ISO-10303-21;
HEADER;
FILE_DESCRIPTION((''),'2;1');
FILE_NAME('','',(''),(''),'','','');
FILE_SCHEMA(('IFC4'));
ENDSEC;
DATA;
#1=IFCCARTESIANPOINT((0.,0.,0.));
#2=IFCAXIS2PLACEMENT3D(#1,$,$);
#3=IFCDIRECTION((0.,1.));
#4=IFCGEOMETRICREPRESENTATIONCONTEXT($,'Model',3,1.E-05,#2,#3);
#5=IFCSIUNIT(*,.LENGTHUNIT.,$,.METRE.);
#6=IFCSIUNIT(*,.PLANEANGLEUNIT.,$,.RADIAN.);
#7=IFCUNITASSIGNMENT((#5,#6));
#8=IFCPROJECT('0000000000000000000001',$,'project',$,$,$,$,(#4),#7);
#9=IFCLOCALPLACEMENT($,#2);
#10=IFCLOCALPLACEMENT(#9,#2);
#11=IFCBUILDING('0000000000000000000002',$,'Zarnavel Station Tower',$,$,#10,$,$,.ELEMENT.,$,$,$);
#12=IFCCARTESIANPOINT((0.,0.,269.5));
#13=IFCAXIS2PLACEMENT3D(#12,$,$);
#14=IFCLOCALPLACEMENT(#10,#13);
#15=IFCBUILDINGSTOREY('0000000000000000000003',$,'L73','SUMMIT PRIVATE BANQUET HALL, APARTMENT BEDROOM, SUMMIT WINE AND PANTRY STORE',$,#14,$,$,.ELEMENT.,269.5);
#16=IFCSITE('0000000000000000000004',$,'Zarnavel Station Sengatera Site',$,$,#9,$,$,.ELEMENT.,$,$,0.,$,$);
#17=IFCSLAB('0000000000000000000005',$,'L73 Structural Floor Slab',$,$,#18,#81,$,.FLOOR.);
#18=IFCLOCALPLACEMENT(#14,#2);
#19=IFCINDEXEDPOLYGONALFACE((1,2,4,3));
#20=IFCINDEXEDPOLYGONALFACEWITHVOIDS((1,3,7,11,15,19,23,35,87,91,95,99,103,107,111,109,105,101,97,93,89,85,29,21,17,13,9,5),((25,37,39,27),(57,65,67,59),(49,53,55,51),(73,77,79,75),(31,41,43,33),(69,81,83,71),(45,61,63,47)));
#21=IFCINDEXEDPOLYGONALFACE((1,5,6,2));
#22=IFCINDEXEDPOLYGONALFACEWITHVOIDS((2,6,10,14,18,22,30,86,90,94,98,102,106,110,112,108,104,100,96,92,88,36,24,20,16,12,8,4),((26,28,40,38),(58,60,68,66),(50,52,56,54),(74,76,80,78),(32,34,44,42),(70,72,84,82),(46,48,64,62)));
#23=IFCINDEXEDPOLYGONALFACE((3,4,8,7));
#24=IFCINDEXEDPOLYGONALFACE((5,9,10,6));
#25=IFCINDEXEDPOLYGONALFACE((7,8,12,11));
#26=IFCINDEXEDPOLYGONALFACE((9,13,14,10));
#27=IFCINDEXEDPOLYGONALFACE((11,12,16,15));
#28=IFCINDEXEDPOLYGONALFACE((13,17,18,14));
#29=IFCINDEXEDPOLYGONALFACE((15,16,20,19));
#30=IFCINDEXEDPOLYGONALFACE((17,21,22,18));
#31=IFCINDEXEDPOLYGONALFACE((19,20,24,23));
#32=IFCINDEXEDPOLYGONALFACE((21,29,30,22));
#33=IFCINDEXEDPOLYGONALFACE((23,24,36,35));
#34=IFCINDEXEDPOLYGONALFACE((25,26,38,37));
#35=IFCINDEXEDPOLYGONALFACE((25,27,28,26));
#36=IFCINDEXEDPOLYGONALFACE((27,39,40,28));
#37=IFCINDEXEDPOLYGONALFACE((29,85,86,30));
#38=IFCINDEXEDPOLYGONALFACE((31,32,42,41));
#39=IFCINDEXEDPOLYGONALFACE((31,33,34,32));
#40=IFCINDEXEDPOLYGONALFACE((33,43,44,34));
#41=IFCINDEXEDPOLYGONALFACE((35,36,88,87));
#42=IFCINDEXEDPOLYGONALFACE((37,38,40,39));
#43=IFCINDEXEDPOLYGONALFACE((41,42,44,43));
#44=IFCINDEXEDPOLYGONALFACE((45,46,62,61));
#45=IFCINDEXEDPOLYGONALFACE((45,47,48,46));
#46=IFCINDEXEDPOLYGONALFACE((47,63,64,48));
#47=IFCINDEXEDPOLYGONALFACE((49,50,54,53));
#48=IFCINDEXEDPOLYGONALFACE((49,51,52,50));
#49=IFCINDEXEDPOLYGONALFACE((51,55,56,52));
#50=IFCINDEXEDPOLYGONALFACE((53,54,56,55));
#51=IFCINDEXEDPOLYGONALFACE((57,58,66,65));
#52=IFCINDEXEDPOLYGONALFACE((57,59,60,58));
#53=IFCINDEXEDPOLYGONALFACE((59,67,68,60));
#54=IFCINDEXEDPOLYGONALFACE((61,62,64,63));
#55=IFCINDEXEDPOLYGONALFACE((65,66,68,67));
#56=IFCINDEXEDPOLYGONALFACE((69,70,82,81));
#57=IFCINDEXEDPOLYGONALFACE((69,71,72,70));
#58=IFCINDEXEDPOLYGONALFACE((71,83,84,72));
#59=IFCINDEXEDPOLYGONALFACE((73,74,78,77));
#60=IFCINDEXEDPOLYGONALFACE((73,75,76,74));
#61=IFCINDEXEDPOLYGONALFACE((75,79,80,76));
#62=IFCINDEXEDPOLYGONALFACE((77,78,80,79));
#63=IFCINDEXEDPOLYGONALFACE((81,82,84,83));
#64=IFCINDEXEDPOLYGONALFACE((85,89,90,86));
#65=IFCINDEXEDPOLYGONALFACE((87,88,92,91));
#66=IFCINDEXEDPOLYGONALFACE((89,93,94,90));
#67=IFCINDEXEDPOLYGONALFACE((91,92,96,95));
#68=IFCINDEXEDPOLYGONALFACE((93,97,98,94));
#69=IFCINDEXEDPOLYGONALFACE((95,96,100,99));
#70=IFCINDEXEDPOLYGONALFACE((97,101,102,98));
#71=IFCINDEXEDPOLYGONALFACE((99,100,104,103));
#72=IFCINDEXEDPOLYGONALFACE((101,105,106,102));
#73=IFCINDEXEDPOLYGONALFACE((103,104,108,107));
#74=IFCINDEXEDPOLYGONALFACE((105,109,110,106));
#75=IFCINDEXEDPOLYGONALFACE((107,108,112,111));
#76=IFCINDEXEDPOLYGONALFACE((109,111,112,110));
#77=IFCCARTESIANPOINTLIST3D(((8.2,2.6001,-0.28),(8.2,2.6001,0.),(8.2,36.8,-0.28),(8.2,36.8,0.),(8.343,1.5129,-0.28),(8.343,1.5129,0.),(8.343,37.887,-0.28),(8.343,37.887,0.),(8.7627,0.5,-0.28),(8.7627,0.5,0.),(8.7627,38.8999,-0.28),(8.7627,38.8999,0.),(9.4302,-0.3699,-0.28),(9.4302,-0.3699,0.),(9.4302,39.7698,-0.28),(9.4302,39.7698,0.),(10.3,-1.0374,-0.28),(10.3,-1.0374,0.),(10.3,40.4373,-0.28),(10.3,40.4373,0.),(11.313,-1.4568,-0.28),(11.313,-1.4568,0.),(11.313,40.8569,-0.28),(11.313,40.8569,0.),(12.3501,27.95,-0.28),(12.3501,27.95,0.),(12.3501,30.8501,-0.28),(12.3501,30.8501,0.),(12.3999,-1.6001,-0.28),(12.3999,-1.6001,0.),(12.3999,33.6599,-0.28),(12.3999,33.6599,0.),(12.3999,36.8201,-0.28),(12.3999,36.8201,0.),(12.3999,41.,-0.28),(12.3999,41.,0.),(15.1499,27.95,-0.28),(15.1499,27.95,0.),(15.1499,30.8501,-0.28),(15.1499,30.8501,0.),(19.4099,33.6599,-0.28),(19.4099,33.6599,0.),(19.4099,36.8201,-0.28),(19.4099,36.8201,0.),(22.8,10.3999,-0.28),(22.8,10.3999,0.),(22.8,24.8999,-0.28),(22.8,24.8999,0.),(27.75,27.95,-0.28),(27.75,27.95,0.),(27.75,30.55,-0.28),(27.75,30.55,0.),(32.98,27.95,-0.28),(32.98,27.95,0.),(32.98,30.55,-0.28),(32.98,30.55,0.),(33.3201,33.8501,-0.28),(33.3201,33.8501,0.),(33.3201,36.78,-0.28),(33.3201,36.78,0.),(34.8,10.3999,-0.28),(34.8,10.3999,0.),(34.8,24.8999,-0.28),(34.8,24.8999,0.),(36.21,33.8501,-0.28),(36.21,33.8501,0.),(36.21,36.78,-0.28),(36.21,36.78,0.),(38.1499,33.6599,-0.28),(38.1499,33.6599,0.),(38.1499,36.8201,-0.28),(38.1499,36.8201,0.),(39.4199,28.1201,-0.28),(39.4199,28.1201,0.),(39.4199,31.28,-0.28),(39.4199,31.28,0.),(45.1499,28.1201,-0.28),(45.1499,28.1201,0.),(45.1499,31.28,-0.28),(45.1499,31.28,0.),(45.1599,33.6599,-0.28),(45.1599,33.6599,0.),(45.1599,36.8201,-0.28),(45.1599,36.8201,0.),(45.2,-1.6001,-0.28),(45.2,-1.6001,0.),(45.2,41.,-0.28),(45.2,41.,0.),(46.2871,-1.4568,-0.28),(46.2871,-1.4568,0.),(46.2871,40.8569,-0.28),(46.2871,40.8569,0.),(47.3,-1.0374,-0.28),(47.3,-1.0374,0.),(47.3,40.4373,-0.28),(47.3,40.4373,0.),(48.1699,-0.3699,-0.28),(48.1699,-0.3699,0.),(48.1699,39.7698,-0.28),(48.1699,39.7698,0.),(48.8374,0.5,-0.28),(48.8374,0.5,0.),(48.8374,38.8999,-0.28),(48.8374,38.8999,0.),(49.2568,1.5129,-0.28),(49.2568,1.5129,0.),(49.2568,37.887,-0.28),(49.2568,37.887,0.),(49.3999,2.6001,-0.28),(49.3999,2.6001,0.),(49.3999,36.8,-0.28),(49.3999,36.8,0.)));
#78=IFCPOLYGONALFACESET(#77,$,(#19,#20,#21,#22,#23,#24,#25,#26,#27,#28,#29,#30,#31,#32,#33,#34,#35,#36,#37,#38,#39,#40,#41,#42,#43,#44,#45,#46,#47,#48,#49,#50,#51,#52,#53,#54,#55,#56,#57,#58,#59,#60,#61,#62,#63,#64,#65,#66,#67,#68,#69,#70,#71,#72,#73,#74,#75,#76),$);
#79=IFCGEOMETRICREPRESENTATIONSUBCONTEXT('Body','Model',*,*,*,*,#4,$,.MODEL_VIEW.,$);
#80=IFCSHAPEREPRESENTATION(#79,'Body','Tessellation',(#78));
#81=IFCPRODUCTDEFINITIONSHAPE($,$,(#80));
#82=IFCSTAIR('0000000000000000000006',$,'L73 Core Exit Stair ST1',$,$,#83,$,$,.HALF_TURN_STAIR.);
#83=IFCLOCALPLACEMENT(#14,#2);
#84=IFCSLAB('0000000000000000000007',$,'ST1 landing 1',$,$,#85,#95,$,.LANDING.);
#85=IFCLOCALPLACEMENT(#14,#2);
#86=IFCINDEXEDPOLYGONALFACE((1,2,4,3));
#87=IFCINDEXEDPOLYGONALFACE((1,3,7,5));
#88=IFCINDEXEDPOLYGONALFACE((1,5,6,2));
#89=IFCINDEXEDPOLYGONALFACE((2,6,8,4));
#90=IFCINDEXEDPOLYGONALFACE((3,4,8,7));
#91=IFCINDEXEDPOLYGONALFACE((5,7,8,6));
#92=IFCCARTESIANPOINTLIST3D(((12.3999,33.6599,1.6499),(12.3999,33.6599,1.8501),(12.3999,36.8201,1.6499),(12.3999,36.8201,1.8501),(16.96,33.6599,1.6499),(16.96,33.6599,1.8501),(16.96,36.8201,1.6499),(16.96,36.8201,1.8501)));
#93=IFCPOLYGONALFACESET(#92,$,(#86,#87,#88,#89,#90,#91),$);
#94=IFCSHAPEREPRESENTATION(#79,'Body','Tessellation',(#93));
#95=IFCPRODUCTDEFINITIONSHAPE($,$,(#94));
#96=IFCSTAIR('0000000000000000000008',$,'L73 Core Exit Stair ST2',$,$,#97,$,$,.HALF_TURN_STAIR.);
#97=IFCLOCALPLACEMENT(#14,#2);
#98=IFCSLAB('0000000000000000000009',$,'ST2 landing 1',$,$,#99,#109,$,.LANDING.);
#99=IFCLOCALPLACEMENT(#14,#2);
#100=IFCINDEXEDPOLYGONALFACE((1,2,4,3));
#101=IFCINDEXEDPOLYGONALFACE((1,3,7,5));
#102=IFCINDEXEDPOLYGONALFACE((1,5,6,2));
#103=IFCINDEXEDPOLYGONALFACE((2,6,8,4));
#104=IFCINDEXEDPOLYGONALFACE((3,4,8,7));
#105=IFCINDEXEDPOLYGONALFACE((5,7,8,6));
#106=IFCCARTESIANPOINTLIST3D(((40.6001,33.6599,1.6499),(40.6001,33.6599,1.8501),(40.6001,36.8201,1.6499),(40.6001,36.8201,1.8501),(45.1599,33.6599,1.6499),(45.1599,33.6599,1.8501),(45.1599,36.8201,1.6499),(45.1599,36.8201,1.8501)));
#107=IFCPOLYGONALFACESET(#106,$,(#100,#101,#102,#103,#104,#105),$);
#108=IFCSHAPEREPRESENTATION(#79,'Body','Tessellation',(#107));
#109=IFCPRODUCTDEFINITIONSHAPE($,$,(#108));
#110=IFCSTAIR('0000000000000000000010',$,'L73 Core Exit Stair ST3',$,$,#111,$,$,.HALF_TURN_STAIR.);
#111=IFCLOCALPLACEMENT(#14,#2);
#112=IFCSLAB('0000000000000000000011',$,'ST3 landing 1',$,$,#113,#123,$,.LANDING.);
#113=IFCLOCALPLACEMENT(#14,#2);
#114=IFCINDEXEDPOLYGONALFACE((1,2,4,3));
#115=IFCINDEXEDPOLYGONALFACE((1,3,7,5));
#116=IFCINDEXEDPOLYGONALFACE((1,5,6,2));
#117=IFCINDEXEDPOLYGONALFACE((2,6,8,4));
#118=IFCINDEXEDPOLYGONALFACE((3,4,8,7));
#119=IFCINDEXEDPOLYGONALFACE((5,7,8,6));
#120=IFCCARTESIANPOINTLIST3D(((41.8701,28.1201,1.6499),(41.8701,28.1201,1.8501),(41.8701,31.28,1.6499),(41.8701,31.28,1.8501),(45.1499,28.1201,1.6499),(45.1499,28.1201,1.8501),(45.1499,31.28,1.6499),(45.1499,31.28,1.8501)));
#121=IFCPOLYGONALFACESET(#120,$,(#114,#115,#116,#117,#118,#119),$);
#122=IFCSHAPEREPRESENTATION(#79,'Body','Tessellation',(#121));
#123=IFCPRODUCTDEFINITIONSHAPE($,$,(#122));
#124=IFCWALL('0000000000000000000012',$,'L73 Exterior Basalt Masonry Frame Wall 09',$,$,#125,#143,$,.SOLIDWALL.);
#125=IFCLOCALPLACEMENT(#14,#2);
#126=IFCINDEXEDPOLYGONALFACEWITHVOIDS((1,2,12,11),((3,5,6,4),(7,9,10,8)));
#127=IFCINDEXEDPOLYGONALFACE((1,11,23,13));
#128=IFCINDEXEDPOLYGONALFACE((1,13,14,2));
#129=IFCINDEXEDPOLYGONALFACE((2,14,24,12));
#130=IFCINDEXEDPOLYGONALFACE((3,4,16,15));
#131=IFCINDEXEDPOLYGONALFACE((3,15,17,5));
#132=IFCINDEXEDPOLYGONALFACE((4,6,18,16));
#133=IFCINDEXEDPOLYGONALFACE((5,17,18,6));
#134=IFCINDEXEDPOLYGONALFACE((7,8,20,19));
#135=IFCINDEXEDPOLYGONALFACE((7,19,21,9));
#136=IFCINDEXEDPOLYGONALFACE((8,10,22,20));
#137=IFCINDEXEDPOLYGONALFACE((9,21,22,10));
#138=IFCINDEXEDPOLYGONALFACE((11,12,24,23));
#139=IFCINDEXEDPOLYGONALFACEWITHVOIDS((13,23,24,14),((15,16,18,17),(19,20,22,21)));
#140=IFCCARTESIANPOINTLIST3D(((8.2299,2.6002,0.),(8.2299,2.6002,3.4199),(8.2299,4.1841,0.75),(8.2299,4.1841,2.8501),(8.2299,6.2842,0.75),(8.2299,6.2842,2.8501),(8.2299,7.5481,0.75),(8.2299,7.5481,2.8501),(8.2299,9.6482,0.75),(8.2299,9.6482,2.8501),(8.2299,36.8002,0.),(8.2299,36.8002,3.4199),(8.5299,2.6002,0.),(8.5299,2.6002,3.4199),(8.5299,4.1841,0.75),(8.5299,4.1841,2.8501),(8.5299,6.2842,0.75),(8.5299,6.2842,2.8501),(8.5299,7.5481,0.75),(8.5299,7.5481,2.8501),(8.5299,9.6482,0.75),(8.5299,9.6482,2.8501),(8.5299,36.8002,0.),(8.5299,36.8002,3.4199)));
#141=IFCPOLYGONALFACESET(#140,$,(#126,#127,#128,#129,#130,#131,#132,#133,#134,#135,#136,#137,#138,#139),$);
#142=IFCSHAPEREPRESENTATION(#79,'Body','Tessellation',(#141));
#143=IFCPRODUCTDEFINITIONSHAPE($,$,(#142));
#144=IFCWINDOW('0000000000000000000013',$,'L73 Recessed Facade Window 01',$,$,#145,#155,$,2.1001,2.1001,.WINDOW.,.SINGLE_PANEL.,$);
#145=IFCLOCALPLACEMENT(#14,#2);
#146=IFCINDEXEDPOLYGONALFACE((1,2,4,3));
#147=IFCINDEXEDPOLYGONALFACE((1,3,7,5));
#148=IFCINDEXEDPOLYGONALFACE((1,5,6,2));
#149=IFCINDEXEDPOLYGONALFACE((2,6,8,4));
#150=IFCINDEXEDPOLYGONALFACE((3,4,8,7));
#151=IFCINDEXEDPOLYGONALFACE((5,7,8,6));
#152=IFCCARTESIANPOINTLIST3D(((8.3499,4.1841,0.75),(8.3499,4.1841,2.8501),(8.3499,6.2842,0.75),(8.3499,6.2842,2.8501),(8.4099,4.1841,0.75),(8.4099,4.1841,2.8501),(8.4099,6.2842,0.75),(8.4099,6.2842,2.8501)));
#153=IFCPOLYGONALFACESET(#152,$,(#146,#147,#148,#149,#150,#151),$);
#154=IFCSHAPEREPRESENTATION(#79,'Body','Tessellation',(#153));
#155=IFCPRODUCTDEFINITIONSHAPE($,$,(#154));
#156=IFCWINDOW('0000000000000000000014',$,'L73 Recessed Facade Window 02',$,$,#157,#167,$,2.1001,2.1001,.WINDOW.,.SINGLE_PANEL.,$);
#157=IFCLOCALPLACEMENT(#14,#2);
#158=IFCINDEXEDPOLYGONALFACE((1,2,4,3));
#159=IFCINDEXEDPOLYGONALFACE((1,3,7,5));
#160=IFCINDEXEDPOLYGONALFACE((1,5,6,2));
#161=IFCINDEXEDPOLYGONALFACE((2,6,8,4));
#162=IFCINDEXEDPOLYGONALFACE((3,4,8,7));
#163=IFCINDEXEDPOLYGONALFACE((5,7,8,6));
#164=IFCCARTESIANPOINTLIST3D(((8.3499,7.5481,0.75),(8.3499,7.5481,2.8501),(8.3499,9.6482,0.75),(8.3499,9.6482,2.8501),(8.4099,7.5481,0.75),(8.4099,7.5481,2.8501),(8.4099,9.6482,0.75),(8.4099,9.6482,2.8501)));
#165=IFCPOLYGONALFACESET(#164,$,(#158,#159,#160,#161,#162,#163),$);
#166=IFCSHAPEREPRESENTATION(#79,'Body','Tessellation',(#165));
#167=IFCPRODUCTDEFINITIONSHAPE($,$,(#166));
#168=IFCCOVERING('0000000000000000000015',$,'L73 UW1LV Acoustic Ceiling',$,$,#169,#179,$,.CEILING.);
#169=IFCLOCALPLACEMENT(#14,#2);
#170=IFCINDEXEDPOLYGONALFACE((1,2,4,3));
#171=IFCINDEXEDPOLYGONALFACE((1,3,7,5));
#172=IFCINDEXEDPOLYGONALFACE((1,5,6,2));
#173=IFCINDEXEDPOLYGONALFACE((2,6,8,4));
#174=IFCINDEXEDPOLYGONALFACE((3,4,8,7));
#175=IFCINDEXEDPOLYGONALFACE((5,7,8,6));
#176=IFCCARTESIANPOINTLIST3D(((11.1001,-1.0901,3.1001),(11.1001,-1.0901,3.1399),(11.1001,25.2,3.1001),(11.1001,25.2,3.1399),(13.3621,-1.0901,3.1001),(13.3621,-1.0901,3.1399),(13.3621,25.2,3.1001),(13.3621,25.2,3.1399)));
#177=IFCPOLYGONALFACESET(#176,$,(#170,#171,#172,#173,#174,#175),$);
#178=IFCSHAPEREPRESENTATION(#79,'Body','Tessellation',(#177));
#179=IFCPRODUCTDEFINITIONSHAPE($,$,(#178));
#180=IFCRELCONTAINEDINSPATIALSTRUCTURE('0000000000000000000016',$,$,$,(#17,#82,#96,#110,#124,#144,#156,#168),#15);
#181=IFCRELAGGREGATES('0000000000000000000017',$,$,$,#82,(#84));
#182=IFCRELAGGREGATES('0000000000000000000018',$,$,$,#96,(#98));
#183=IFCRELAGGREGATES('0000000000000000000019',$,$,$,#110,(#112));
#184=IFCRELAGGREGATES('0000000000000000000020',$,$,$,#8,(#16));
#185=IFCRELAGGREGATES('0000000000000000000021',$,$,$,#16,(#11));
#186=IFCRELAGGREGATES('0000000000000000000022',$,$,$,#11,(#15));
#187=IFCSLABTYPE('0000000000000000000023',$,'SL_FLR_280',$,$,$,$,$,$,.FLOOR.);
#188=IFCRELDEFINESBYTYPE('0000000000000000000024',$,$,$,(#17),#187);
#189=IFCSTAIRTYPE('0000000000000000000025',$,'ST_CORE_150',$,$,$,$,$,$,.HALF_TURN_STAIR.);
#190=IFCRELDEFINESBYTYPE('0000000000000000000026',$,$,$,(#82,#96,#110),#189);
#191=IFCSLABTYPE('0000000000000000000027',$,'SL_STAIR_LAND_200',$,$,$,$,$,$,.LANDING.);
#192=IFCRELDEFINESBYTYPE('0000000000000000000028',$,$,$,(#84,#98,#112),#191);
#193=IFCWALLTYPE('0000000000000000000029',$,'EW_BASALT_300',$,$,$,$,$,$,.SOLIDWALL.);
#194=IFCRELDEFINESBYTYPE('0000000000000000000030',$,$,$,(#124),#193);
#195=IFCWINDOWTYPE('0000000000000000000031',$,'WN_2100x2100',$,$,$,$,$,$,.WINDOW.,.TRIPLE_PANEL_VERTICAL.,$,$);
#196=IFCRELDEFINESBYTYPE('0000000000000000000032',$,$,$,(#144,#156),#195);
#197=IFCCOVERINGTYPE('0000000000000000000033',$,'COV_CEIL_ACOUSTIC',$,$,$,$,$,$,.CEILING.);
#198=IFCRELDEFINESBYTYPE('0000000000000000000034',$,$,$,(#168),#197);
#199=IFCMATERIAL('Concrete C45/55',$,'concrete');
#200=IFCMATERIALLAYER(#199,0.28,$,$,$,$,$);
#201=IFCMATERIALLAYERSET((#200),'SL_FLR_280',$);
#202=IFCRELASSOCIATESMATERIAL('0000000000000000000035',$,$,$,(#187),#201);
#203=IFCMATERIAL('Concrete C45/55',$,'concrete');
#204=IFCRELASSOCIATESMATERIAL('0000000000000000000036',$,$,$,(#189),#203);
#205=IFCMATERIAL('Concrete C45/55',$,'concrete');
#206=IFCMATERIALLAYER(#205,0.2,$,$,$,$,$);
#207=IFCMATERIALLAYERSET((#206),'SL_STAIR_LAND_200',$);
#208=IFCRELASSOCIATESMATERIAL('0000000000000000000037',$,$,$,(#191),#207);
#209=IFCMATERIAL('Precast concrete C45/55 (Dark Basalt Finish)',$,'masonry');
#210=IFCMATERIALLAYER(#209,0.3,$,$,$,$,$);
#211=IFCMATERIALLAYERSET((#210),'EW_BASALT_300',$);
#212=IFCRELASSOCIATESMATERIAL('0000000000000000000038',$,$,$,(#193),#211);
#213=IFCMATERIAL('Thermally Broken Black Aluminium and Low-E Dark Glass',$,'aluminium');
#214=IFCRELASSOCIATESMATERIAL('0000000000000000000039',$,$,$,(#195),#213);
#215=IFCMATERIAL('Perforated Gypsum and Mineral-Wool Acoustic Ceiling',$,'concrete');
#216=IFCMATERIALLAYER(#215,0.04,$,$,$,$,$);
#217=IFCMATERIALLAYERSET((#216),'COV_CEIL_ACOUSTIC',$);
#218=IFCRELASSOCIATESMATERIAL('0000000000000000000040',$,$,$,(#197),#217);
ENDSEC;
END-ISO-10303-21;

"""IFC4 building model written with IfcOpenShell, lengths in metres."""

from ifc_helpers import new_model, si_unit, direction, frame, frame_2d, origin, place, context, subcontext, project, spatial, polyline, rectangle, outline, extrude, material, layer, layer_set, type_object, element, fill, aggregate, save


model = new_model("IFC4")

# Units and contexts
model_context = context("Model", 3, precision=1e-05, world=origin(), true_north=direction((0.0, 1.0)))
body_context = subcontext(model_context, "Body", "Model", "MODEL_VIEW")
ifc_project = project(units=[si_unit("LENGTHUNIT", "METRE"), si_unit("PLANEANGLEUNIT", "RADIAN")], contexts=[model_context])

# Site, building, storey
site_placement = place(None, origin())
site = spatial("IfcSite", under=ifc_project, at=site_placement, Name="Zarnavel Station Sengatera Site", CompositionType="ELEMENT", RefElevation=0.0)
building_placement = place(site_placement, origin())
building = spatial("IfcBuilding", under=site, at=building_placement, Name="Zarnavel Station Tower", CompositionType="ELEMENT")
storey_placement = place(building_placement, frame((0.0, 0.0, 269.5)))
storey = spatial("IfcBuildingStorey", under=building, at=storey_placement, Name="L73", Description="SUMMIT PRIVATE BANQUET HALL, APARTMENT BEDROOM, SUMMIT WINE AND PANTRY STORE", CompositionType="ELEMENT", Elevation=269.5)

# Slab
ifc_material_1 = material(Name="Concrete C45/55", Category="concrete")
ifc_layer_1 = layer(ifc_material_1, 0.28)
ifc_layer_set_1 = layer_set([ifc_layer_1], Name="SL_FLR_280")
slab_type_1 = type_object("IfcSlabType", Name="SL_FLR_280", PredefinedType="FLOOR", material=ifc_layer_set_1)
slab_1_placement = place(storey_placement, frame((0.0, 0.0, -0.28)))
element("IfcSlab", 1, at=slab_1_placement, inside=storey, type_object=slab_type_1, Name="L73 Structural Floor Slab", PredefinedType="FLOOR", context=body_context, shape_type="SweptSolid", body=[
    extrude(outline(polyline([(45.2, -1.6001), (46.2871, -1.4568), (47.3, -1.0374), (48.1699, -0.3699), (48.8374, 0.5), (49.2568, 1.5129), (49.3999, 2.6001), (49.3999, 36.8), (49.2568, 37.887), (48.8374, 38.8999), (48.1699, 39.7698), (47.3, 40.4373), (46.2871, 40.8569), (45.2, 41.0), (12.3999, 41.0), (11.313, 40.8569), (10.3, 40.4373), (9.4302, 39.7698), (8.7627, 38.8999), (8.343, 37.887), (8.2, 36.8), (8.2, 2.6001), (8.343, 1.5129), (8.7627, 0.5), (9.4302, -0.3699), (10.3, -1.0374), (11.313, -1.4568), (12.3999, -1.6001), (45.2, -1.6001)]), holes=[polyline([(12.3999, 33.6599), (19.4099, 33.6599), (19.4099, 36.8201), (12.3999, 36.8201), (12.3999, 33.6599)]), polyline([(38.1499, 33.6599), (45.1599, 33.6599), (45.1599, 36.8201), (38.1499, 36.8201), (38.1499, 33.6599)]), polyline([(39.4199, 28.1201), (45.1499, 28.1201), (45.1499, 31.28), (39.4199, 31.28), (39.4199, 28.1201)]), polyline([(12.3501, 27.95), (15.1499, 27.95), (15.1499, 30.8501), (12.3501, 30.8501), (12.3501, 27.95)]), polyline([(33.3201, 33.8501), (36.21, 33.8501), (36.21, 36.78), (33.3201, 36.78), (33.3201, 33.8501)]), polyline([(27.75, 27.95), (32.98, 27.95), (32.98, 30.55), (27.75, 30.55), (27.75, 27.95)]), polyline([(22.8, 10.3999), (34.8, 10.3999), (34.8, 24.8999), (22.8, 24.8999), (22.8, 10.3999)])]), origin(), (0.0, 0.0, 1.0), 0.28),
])

# Stairs, slabs
ifc_material_2 = material(Name="Concrete C45/55", Category="concrete")
stair_type = type_object("IfcStairType", Name="ST_CORE_150", PredefinedType="HALF_TURN_STAIR", material=ifc_material_2)
stair_1_placement = place(storey_placement, origin())
stair_1 = element("IfcStair", 2, at=stair_1_placement, inside=storey, type_object=stair_type, Name="L73 Core Exit Stair ST1", PredefinedType="HALF_TURN_STAIR")
ifc_material_3 = material(Name="Concrete C45/55", Category="concrete")
ifc_layer_2 = layer(ifc_material_3, 0.2)
ifc_layer_set_2 = layer_set([ifc_layer_2], Name="SL_STAIR_LAND_200")
slab_type_2 = type_object("IfcSlabType", Name="SL_STAIR_LAND_200", PredefinedType="LANDING", material=ifc_layer_set_2)
slab_2_placement = place(storey_placement, frame((0.0, 0.0, 1.6499)))
slab_2 = element("IfcSlab", 3, at=slab_2_placement, type_object=slab_type_2, Name="ST1 landing 1", PredefinedType="LANDING", context=body_context, shape_type="SweptSolid", body=[
    extrude(outline(polyline([(16.96, 36.8201), (12.3999, 36.8201), (12.3999, 33.6599), (16.96, 33.6599), (16.96, 36.8201)])), origin(), (0.0, 0.0, 1.0), 0.2002),
])
aggregate(stair_1, [slab_2])
stair_2_placement = place(storey_placement, origin())
stair_2 = element("IfcStair", 4, at=stair_2_placement, inside=storey, type_object=stair_type, Name="L73 Core Exit Stair ST2", PredefinedType="HALF_TURN_STAIR")
slab_3_placement = place(storey_placement, frame((0.0, 0.0, 1.6499)))
slab_3 = element("IfcSlab", 5, at=slab_3_placement, type_object=slab_type_2, Name="ST2 landing 1", PredefinedType="LANDING", context=body_context, shape_type="SweptSolid", body=[
    extrude(outline(polyline([(40.6001, 33.6599), (45.1599, 33.6599), (45.1599, 36.8201), (40.6001, 36.8201), (40.6001, 33.6599)])), origin(), (0.0, 0.0, 1.0), 0.2002),
])
aggregate(stair_2, [slab_3])
stair_3_placement = place(storey_placement, origin())
stair_3 = element("IfcStair", 6, at=stair_3_placement, inside=storey, type_object=stair_type, Name="L73 Core Exit Stair ST3", PredefinedType="HALF_TURN_STAIR")
slab_4_placement = place(storey_placement, frame((0.0, 0.0, 1.6499)))
slab_4 = element("IfcSlab", 7, at=slab_4_placement, type_object=slab_type_2, Name="ST3 landing 1", PredefinedType="LANDING", context=body_context, shape_type="SweptSolid", body=[
    extrude(outline(polyline([(41.8701, 28.1201), (45.1499, 28.1201), (45.1499, 31.28), (41.8701, 31.28), (41.8701, 28.1201)])), origin(), (0.0, 0.0, 1.0), 0.2002),
])
aggregate(stair_3, [slab_4])

# Wall, openings, windows
ifc_material_4 = material(Name="Precast concrete C45/55 (Dark Basalt Finish)", Category="masonry")
ifc_layer_3 = layer(ifc_material_4, 0.3)
ifc_layer_set_3 = layer_set([ifc_layer_3], Name="EW_BASALT_300")
wall_type = type_object("IfcWallType", Name="EW_BASALT_300", PredefinedType="SOLIDWALL", material=ifc_layer_set_3)
wall_placement = place(storey_placement, frame((8.3799, 2.6001, 0.0), z_axis=(0.0, 0.0, 1.0), x_axis=(0.0, 1.0, 0.0)))
wall = element("IfcWall", 8, at=wall_placement, inside=storey, type_object=wall_type, Name="L73 Exterior Basalt Masonry Frame Wall 09", PredefinedType="SOLIDWALL", context=body_context, shape_type="SweptSolid", body=[
    extrude(rectangle(XDim=34.2, YDim=0.3, at=frame_2d((17.1001, 0.0))), origin(), (0.0, 0.0, 1.0), 3.4199),
])
opening_1_placement = place(wall_placement, frame((1.584, 0.0, 0.75)))
opening_1 = element("IfcOpeningElement", 9, at=opening_1_placement, cuts=wall, PredefinedType="OPENING", context=body_context, shape_type="SweptSolid", body=[
    extrude(rectangle(XDim=2.1001, YDim=2.1001, at=frame_2d((1.05, 1.05))), frame((0.0, 0.1599, 0.0), z_axis=(0.0, -1.0, 0.0), x_axis=(1.0, 0.0, 0.0)), (0.0, 0.0, 1.0), 0.3201),
])
opening_2_placement = place(wall_placement, frame((4.948, 0.0, 0.75)))
opening_2 = element("IfcOpeningElement", 10, at=opening_2_placement, cuts=wall, PredefinedType="OPENING", context=body_context, shape_type="SweptSolid", body=[
    extrude(rectangle(XDim=2.1001, YDim=2.1001, at=frame_2d((1.05, 1.05))), frame((0.0, 0.1599, 0.0), z_axis=(0.0, -1.0, 0.0), x_axis=(1.0, 0.0, 0.0)), (0.0, 0.0, 1.0), 0.3201),
])
ifc_material_5 = material(Name="Thermally Broken Black Aluminium and Low-E Dark Glass", Category="aluminium")
window_type = type_object("IfcWindowType", Name="WN_2100x2100", PartitioningType="TRIPLE_PANEL_VERTICAL", PredefinedType="WINDOW", material=ifc_material_5)
window_1_placement = place(opening_1_placement, origin())
window_1 = element("IfcWindow", 11, at=window_1_placement, inside=storey, type_object=window_type, Name="L73 Recessed Facade Window 01", OverallHeight=2.1001, OverallWidth=2.1001, PartitioningType="SINGLE_PANEL", PredefinedType="WINDOW", context=body_context, shape_type="SweptSolid", body=[
    extrude(rectangle(XDim=2.1001, YDim=2.1001, at=frame_2d((1.05, 1.05))), frame((0.0, 0.03, 0.0), z_axis=(0.0, -1.0, 0.0), x_axis=(1.0, 0.0, 0.0)), (0.0, 0.0, 1.0), 0.0601),
])
fill(opening_1, window_1)
window_2_placement = place(opening_2_placement, origin())
window_2 = element("IfcWindow", 12, at=window_2_placement, inside=storey, type_object=window_type, Name="L73 Recessed Facade Window 02", OverallHeight=2.1001, OverallWidth=2.1001, PartitioningType="SINGLE_PANEL", PredefinedType="WINDOW", context=body_context, shape_type="SweptSolid", body=[
    extrude(rectangle(XDim=2.1001, YDim=2.1001, at=frame_2d((1.05, 1.05))), frame((0.0, 0.03, 0.0), z_axis=(0.0, -1.0, 0.0), x_axis=(1.0, 0.0, 0.0)), (0.0, 0.0, 1.0), 0.0601),
])
fill(opening_2, window_2)

# Covering
ifc_material_6 = material(Name="Perforated Gypsum and Mineral-Wool Acoustic Ceiling", Category="concrete")
ifc_layer_4 = layer(ifc_material_6, 0.04)
ifc_layer_set_4 = layer_set([ifc_layer_4], Name="COV_CEIL_ACOUSTIC")
covering_type_1 = type_object("IfcCoveringType", Name="COV_CEIL_ACOUSTIC", PredefinedType="CEILING", material=ifc_layer_set_4)
covering_1_placement = place(storey_placement, frame((0.0, 0.0, 3.1001)))
element("IfcCovering", 13, at=covering_1_placement, inside=storey, type_object=covering_type_1, Name="L73 UW1LV Acoustic Ceiling", PredefinedType="CEILING", context=body_context, shape_type="SweptSolid", body=[
    extrude(outline(polyline([(11.1001, -1.0901), (13.3621, -1.0901), (13.3621, 25.2), (11.1001, 25.2), (11.1001, -1.0901)])), origin(), (0.0, 0.0, 1.0), 0.0398),
])

save(model, "model.ifc")
